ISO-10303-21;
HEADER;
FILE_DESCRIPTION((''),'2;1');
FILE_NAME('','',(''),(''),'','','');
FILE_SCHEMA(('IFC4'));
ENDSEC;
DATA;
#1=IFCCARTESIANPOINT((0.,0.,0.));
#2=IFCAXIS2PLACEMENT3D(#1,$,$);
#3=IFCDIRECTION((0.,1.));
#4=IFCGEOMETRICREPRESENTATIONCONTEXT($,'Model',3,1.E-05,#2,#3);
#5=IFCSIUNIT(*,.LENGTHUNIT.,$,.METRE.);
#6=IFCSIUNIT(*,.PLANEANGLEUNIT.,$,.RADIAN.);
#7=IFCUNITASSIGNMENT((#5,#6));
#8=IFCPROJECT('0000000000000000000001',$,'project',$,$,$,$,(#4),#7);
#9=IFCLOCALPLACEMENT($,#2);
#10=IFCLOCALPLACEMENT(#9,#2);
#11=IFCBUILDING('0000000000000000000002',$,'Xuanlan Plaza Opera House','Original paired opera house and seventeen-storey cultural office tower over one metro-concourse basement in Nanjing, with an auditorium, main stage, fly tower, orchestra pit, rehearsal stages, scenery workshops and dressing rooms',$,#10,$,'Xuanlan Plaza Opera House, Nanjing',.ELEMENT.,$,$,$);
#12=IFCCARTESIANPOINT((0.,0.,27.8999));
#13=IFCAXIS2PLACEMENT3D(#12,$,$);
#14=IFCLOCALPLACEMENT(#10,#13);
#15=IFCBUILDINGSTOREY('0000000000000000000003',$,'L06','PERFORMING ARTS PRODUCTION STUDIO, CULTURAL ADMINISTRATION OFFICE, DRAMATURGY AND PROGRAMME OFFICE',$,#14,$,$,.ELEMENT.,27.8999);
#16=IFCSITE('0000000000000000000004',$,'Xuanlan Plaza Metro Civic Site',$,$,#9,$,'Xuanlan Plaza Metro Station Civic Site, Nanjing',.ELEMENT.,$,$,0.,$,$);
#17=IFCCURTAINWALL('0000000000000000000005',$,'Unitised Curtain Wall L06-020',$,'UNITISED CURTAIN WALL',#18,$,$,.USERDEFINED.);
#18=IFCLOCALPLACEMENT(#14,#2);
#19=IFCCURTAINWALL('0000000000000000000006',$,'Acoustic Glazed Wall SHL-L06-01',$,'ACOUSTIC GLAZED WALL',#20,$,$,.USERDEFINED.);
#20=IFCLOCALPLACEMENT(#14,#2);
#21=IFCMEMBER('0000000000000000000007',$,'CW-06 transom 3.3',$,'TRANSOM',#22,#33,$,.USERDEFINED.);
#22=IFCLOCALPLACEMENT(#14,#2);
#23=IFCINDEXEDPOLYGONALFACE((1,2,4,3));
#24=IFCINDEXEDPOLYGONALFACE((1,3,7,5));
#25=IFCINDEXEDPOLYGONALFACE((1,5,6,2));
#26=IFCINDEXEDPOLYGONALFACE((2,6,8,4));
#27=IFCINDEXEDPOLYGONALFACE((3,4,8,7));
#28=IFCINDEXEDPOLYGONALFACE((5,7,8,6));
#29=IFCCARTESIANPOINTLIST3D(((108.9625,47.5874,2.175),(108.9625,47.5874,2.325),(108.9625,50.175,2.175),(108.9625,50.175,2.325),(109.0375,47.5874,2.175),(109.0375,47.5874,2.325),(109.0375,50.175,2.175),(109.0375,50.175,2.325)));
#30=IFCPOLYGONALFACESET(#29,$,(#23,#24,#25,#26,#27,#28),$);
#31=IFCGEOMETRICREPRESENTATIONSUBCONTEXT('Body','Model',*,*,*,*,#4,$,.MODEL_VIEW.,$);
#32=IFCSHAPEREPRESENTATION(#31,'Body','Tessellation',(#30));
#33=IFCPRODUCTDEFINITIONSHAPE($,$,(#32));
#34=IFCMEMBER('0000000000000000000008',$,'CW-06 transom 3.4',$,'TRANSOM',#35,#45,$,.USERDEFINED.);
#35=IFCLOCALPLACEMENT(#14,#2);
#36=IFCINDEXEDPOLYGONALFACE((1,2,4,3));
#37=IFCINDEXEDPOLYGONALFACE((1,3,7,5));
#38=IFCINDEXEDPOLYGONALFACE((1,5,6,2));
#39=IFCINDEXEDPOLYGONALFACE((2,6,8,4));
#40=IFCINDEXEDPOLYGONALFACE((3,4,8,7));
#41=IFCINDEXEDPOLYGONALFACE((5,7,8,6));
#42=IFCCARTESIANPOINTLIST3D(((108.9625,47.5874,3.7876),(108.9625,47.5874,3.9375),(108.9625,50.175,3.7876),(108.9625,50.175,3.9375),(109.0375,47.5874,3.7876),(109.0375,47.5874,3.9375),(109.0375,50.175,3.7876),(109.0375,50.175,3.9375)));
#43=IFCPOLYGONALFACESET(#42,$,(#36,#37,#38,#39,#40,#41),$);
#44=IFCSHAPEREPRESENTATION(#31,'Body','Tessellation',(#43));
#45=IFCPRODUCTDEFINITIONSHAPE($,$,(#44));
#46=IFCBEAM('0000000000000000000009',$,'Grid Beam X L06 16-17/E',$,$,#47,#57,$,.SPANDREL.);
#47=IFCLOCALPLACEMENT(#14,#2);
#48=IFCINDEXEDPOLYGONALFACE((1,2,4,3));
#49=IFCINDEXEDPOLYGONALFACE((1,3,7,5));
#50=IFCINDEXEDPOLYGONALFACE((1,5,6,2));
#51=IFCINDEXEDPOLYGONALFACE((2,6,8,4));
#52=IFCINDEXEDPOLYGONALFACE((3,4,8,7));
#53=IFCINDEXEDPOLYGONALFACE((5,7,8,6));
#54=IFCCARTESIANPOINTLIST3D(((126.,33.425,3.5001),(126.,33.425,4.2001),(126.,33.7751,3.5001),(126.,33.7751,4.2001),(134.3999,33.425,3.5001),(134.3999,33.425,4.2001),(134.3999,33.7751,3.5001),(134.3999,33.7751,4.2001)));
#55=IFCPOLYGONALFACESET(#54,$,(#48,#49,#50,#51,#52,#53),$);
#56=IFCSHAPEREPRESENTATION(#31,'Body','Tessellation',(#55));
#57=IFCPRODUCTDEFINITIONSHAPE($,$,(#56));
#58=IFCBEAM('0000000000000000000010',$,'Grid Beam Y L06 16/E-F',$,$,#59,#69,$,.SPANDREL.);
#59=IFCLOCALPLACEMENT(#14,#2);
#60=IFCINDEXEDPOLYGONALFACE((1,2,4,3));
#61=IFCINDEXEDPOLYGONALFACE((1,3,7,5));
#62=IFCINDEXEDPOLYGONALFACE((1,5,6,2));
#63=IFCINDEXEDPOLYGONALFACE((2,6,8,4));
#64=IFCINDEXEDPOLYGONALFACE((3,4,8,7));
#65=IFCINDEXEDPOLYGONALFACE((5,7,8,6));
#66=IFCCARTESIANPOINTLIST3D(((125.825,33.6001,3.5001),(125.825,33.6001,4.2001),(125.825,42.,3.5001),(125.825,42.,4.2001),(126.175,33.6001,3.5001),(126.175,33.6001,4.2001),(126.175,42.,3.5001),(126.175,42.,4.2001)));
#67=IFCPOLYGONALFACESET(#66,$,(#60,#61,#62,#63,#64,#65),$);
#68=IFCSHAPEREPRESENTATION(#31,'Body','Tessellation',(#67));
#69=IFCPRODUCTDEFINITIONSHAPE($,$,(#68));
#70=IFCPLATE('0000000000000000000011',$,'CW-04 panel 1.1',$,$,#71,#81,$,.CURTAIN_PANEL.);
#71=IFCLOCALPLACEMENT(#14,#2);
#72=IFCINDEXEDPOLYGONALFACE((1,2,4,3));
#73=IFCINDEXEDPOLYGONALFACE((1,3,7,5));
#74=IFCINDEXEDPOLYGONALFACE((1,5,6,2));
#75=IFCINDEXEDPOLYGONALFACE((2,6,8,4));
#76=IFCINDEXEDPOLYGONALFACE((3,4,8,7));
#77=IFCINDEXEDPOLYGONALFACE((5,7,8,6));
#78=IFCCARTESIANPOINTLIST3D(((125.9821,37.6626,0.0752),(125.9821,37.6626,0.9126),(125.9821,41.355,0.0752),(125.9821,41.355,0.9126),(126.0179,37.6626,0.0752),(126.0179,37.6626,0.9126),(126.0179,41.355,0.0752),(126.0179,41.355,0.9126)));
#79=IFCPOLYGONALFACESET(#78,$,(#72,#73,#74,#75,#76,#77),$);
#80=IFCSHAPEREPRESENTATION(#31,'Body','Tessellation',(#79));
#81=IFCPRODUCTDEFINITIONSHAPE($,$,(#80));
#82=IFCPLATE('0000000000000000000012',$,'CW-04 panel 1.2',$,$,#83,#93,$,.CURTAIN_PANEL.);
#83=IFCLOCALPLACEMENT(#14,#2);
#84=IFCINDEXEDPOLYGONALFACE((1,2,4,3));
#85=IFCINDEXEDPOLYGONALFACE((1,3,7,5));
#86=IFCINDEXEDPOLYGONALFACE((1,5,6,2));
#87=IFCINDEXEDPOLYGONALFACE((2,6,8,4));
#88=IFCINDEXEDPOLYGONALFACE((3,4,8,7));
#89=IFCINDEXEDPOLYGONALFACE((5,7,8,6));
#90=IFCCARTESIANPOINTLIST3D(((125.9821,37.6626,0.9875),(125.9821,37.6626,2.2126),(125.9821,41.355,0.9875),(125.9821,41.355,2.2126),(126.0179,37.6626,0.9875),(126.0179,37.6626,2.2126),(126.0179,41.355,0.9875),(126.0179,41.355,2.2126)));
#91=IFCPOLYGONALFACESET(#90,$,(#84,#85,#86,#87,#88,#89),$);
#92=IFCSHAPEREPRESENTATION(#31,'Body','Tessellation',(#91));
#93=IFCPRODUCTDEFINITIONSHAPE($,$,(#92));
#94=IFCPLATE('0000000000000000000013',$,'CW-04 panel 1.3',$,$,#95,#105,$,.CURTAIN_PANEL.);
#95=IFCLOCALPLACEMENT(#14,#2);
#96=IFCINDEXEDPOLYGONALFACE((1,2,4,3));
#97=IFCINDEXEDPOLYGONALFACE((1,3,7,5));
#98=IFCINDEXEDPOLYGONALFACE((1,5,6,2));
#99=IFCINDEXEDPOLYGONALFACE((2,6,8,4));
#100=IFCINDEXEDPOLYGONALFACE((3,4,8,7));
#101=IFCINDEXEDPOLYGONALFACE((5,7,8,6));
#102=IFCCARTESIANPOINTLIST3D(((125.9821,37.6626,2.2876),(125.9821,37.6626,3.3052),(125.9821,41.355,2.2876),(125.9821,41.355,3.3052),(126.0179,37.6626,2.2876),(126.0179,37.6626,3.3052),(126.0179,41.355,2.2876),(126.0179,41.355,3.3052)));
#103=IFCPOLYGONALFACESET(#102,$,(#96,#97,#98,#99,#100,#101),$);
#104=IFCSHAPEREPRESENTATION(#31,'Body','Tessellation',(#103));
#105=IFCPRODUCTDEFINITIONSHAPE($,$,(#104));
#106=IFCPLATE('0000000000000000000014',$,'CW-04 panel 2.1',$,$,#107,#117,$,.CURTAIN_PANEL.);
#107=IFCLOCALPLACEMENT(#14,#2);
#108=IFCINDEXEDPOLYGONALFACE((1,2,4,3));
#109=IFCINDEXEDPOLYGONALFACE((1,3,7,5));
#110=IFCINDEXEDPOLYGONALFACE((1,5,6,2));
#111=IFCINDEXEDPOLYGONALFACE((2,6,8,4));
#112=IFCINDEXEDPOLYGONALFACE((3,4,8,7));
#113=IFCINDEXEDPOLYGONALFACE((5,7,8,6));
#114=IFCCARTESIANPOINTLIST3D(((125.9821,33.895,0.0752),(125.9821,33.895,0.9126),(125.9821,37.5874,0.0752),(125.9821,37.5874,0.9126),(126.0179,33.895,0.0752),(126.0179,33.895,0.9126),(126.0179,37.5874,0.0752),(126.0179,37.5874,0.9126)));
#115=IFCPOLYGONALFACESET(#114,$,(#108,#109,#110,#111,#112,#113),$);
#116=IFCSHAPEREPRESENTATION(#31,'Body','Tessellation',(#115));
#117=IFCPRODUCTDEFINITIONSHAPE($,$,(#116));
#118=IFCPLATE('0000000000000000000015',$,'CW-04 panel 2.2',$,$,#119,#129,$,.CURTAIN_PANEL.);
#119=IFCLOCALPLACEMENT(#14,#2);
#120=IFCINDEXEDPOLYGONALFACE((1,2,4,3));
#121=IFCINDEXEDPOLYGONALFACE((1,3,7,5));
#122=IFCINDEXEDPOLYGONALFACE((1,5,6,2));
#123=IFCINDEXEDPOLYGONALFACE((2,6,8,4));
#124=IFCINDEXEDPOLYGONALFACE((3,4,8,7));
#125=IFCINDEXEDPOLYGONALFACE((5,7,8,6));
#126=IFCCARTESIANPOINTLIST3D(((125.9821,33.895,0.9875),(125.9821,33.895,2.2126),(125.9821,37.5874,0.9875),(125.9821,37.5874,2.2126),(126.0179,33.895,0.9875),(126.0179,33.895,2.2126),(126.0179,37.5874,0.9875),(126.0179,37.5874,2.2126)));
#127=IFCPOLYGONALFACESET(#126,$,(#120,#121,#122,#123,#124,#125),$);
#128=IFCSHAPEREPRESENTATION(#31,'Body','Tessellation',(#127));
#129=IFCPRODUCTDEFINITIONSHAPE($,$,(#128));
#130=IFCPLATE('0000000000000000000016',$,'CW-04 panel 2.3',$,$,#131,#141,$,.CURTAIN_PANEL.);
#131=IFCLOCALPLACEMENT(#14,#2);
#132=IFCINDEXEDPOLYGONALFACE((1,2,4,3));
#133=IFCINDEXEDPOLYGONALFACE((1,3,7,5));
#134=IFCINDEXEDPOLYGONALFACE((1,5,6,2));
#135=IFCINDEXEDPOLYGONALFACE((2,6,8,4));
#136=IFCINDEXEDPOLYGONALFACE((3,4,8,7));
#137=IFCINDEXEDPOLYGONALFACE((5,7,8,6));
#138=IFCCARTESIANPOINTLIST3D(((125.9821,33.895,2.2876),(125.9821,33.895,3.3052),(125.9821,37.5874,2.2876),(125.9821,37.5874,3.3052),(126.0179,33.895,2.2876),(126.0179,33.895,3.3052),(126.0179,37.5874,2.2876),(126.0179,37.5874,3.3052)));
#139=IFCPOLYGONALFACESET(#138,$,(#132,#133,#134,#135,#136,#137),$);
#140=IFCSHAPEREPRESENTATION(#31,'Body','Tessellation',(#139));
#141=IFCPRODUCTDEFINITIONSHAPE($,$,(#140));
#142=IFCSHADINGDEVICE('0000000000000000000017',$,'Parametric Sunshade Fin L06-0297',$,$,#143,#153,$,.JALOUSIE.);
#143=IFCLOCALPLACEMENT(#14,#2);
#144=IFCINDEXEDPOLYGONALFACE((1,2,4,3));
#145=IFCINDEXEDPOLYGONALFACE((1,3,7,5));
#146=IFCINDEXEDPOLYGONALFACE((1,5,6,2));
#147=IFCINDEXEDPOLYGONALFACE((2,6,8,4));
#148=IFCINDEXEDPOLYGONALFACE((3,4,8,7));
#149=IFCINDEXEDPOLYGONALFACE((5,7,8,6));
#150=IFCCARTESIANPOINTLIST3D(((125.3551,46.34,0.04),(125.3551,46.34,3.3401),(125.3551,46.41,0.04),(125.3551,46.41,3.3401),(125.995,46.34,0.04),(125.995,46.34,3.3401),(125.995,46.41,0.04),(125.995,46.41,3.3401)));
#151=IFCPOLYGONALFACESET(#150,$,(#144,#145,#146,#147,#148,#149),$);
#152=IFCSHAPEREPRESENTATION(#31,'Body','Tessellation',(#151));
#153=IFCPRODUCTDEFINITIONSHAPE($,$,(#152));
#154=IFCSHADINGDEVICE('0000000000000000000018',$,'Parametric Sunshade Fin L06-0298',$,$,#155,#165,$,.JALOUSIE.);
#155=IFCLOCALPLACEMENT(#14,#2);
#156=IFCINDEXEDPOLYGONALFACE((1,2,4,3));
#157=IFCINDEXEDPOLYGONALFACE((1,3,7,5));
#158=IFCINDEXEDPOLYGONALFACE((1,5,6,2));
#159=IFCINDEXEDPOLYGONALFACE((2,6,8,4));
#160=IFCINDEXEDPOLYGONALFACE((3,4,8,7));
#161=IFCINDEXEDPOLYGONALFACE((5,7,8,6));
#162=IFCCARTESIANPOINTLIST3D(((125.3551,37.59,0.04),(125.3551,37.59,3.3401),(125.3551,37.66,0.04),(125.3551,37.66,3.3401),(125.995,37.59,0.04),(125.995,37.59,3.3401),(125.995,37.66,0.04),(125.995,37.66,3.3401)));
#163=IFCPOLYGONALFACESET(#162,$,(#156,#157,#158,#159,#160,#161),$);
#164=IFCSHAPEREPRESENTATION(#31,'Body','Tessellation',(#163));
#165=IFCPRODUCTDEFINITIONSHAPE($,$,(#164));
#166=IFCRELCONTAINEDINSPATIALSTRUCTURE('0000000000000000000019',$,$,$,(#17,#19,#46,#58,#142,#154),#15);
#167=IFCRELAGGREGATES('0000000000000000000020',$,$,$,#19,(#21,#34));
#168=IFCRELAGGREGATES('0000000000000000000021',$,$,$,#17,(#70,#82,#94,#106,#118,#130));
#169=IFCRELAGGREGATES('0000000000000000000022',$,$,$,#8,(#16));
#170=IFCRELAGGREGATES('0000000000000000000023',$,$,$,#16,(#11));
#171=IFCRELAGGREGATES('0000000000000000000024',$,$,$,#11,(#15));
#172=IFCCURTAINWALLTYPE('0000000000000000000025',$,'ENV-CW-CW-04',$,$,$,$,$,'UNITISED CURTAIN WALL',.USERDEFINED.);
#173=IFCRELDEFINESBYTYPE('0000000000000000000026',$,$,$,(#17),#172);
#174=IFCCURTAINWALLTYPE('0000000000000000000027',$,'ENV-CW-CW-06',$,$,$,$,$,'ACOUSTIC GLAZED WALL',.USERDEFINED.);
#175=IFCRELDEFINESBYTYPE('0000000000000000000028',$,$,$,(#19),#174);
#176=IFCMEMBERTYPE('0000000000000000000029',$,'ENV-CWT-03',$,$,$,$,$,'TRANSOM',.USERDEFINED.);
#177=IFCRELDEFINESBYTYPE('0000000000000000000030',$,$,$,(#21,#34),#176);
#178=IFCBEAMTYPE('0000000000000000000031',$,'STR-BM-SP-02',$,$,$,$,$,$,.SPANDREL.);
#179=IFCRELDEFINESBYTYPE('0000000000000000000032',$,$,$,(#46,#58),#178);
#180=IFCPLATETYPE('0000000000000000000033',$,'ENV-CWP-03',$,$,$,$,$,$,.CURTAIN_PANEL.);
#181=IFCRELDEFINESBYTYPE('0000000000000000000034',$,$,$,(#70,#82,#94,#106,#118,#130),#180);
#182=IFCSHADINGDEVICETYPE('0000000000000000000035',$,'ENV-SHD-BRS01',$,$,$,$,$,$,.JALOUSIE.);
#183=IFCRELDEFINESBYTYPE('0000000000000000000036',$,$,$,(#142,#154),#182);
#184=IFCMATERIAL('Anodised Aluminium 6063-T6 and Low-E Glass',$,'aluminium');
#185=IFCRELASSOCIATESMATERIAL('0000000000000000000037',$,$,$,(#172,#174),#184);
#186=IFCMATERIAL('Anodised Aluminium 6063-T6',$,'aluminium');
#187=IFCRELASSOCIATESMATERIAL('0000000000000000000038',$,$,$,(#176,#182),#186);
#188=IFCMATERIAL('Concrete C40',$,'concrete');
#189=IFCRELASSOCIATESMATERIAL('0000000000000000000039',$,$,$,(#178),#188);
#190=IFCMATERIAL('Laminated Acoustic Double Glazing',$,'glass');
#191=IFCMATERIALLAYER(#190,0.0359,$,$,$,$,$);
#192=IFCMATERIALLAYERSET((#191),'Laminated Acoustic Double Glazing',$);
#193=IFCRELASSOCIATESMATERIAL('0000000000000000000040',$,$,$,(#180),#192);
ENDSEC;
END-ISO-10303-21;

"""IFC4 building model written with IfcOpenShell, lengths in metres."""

from ifc_helpers import new_model, si_unit, direction, frame, origin, origin_2d, place, context, subcontext, project, spatial, rectangle, extrude, material, layer, layer_set, material_profile, profile_set, type_object, element, aggregate, save


model = new_model("IFC4")

# Units and contexts
model_context = context("Model", 3, precision=1e-05, world=origin(), true_north=direction((0.0, 1.0)))
body_context = subcontext(model_context, "Body", "Model", "MODEL_VIEW")
ifc_project = project(units=[si_unit("LENGTHUNIT", "METRE"), si_unit("PLANEANGLEUNIT", "RADIAN")], contexts=[model_context])

# Site, building, storey
site_placement = place(None, origin())
site = spatial("IfcSite", under=ifc_project, at=site_placement, Name="Xuanlan Plaza Metro Civic Site", LongName="Xuanlan Plaza Metro Station Civic Site, Nanjing", CompositionType="ELEMENT", RefElevation=0.0)
building_placement = place(site_placement, origin())
building = spatial("IfcBuilding", under=site, at=building_placement, Name="Xuanlan Plaza Opera House", Description="Original paired opera house and seventeen-storey cultural office tower over one metro-concourse basement in Nanjing, with an auditorium, main stage, fly tower, orchestra pit, rehearsal stages, scenery workshops and dressing rooms", LongName="Xuanlan Plaza Opera House, Nanjing", CompositionType="ELEMENT")
storey_placement = place(building_placement, frame((0.0, 0.0, 27.8999)))
storey = spatial("IfcBuildingStorey", under=building, at=storey_placement, Name="L06", Description="PERFORMING ARTS PRODUCTION STUDIO, CULTURAL ADMINISTRATION OFFICE, DRAMATURGY AND PROGRAMME OFFICE", CompositionType="ELEMENT", Elevation=27.8999)

# Curtain walls, members
ifc_material_1 = material(Name="Anodised Aluminium 6063-T6 and Low-E Glass", Category="aluminium")
curtain_wall_type_1 = type_object("IfcCurtainWallType", Name="ENV-CW-CW-04", ElementType="UNITISED CURTAIN WALL", PredefinedType="USERDEFINED", material=ifc_material_1)
curtain_wall_1_placement = place(storey_placement, origin())
curtain_wall_1 = element("IfcCurtainWall", 1, at=curtain_wall_1_placement, inside=storey, type_object=curtain_wall_type_1, Name="Unitised Curtain Wall L06-020", ObjectType="UNITISED CURTAIN WALL", PredefinedType="USERDEFINED")
ifc_material_2 = material(Name="Anodised Aluminium 6063-T6", Category="aluminium")
ifc_material_profile_1 = material_profile(ifc_material_2, rectangle(XDim=0.075, YDim=0.1499, at=origin_2d()), Name="ALU-T 75x150")
ifc_profile_set_1 = profile_set([ifc_material_profile_1], Name="Anodised Aluminium 6063-T6")
member_type_1 = type_object("IfcMemberType", Name="ENV-CWT-03", ElementType="TRANSOM", PredefinedType="USERDEFINED", material=ifc_profile_set_1)
curtain_wall_type_2 = type_object("IfcCurtainWallType", Name="ENV-CW-CW-06", ElementType="ACOUSTIC GLAZED WALL", PredefinedType="USERDEFINED", material=ifc_material_1)
curtain_wall_2_placement = place(storey_placement, origin())
curtain_wall_2 = element("IfcCurtainWall", 2, at=curtain_wall_2_placement, inside=storey, type_object=curtain_wall_type_2, Name="Acoustic Glazed Wall SHL-L06-01", ObjectType="ACOUSTIC GLAZED WALL", PredefinedType="USERDEFINED")
member_1_placement = place(storey_placement, frame((109.0, 47.5874, 2.25), z_axis=(0.0, 1.0, 0.0), x_axis=(-1.0, 0.0, 0.0)))
member_1 = element("IfcMember", 3, at=member_1_placement, type_object=member_type_1, Name="CW-06 transom 3.3", ObjectType="TRANSOM", PredefinedType="USERDEFINED", context=body_context, shape_type="SweptSolid", body=[
    extrude(rectangle(XDim=0.075, YDim=0.1499, at=origin_2d()), origin(), (0.0, 0.0, 1.0), 2.5876),
])
member_2_placement = place(storey_placement, frame((109.0, 47.5874, 3.8625), z_axis=(0.0, 1.0, 0.0), x_axis=(-1.0, 0.0, 0.0)))
member_2 = element("IfcMember", 4, at=member_2_placement, type_object=member_type_1, Name="CW-06 transom 3.4", ObjectType="TRANSOM", PredefinedType="USERDEFINED", context=body_context, shape_type="SweptSolid", body=[
    extrude(rectangle(XDim=0.075, YDim=0.1499, at=origin_2d()), origin(), (0.0, 0.0, 1.0), 2.5876),
])
aggregate(curtain_wall_2, [member_1, member_2])

# Beams
ifc_material_3 = material(Name="Concrete C40", Category="concrete")
ifc_material_profile_2 = material_profile(ifc_material_3, rectangle(XDim=0.3501, YDim=0.7, at=origin_2d()), Name="RC-SPD 350x700")
ifc_profile_set_2 = profile_set([ifc_material_profile_2], Name="Concrete C40")
beam_type = type_object("IfcBeamType", Name="STR-BM-SP-02", PredefinedType="SPANDREL", material=ifc_profile_set_2)
for number, where, z_axis, x_axis, name in (
    (5, (126.0, 33.6001, 3.8501), (1.0, 0.0, 0.0), (0.0, 1.0, 0.0), "Grid Beam X L06 16-17/E"),
    (6, (126.0, 33.6001, 3.8501), (0.0, 1.0, 0.0), (-1.0, 0.0, 0.0), "Grid Beam Y L06 16/E-F"),
):
    element("IfcBeam", number, at=place(storey_placement, frame(where, z_axis=z_axis, x_axis=x_axis)), inside=storey, type_object=beam_type, Name=name, PredefinedType="SPANDREL", context=body_context, shape_type="SweptSolid", body=[
        extrude(rectangle(XDim=0.3501, YDim=0.7, at=origin_2d()), origin(), (0.0, 0.0, 1.0), 8.3999),
    ])

# Plates
ifc_material_4 = material(Name="Laminated Acoustic Double Glazing", Category="glass")
ifc_layer = layer(ifc_material_4, 0.0359)
ifc_layer_set = layer_set([ifc_layer], Name="Laminated Acoustic Double Glazing")
plate_type = type_object("IfcPlateType", Name="ENV-CWP-03", PredefinedType="CURTAIN_PANEL", material=ifc_layer_set)
plate_1_placement = place(storey_placement, frame((126.0, 39.5088, 0.0752), z_axis=(0.0, 0.0, 1.0), x_axis=(0.0, -1.0, 0.0)))
plate_1 = element("IfcPlate", 7, at=plate_1_placement, type_object=plate_type, Name="CW-04 panel 1.1", PredefinedType="CURTAIN_PANEL", context=body_context, shape_type="SweptSolid", body=[
    extrude(rectangle(XDim=3.6924, YDim=0.0359, at=origin_2d()), origin(), (0.0, 0.0, 1.0), 0.8374),
])
plate_2_placement = place(storey_placement, frame((126.0, 39.5088, 0.9875), z_axis=(0.0, 0.0, 1.0), x_axis=(0.0, -1.0, 0.0)))
plate_2 = element("IfcPlate", 8, at=plate_2_placement, type_object=plate_type, Name="CW-04 panel 1.2", PredefinedType="CURTAIN_PANEL", context=body_context, shape_type="SweptSolid", body=[
    extrude(rectangle(XDim=3.6924, YDim=0.0359, at=origin_2d()), origin(), (0.0, 0.0, 1.0), 1.2251),
])
plate_3_placement = place(storey_placement, frame((126.0, 39.5088, 2.2876), z_axis=(0.0, 0.0, 1.0), x_axis=(0.0, -1.0, 0.0)))
plate_3 = element("IfcPlate", 9, at=plate_3_placement, type_object=plate_type, Name="CW-04 panel 1.3", PredefinedType="CURTAIN_PANEL", context=body_context, shape_type="SweptSolid", body=[
    extrude(rectangle(XDim=3.6924, YDim=0.0359, at=origin_2d()), origin(), (0.0, 0.0, 1.0), 1.0176),
])
plate_4_placement = place(storey_placement, frame((126.0, 35.7412, 0.0752), z_axis=(0.0, 0.0, 1.0), x_axis=(0.0, -1.0, 0.0)))
plate_4 = element("IfcPlate", 10, at=plate_4_placement, type_object=plate_type, Name="CW-04 panel 2.1", PredefinedType="CURTAIN_PANEL", context=body_context, shape_type="SweptSolid", body=[
    extrude(rectangle(XDim=3.6924, YDim=0.0359, at=origin_2d()), origin(), (0.0, 0.0, 1.0), 0.8374),
])
plate_5_placement = place(storey_placement, frame((126.0, 35.7412, 0.9875), z_axis=(0.0, 0.0, 1.0), x_axis=(0.0, -1.0, 0.0)))
plate_5 = element("IfcPlate", 11, at=plate_5_placement, type_object=plate_type, Name="CW-04 panel 2.2", PredefinedType="CURTAIN_PANEL", context=body_context, shape_type="SweptSolid", body=[
    extrude(rectangle(XDim=3.6924, YDim=0.0359, at=origin_2d()), origin(), (0.0, 0.0, 1.0), 1.2251),
])
plate_6_placement = place(storey_placement, frame((126.0, 35.7412, 2.2876), z_axis=(0.0, 0.0, 1.0), x_axis=(0.0, -1.0, 0.0)))
plate_6 = element("IfcPlate", 12, at=plate_6_placement, type_object=plate_type, Name="CW-04 panel 2.3", PredefinedType="CURTAIN_PANEL", context=body_context, shape_type="SweptSolid", body=[
    extrude(rectangle(XDim=3.6924, YDim=0.0359, at=origin_2d()), origin(), (0.0, 0.0, 1.0), 1.0176),
])
aggregate(curtain_wall_1, [plate_1, plate_2, plate_3, plate_4, plate_5, plate_6])

# Shading devices
shading_device_type = type_object("IfcShadingDeviceType", Name="ENV-SHD-BRS01", PredefinedType="JALOUSIE", material=ifc_material_2)
for number, where, z_axis, x_axis, name in (
    (13, (125.675, 46.375, 0.04), (0.0, 0.0, 1.0), (-1.0, 0.0, 0.0), "Parametric Sunshade Fin L06-0297"),
    (14, (125.675, 37.625, 0.04), (0.0, 0.0, 1.0), (-1.0, 0.0, 0.0), "Parametric Sunshade Fin L06-0298"),
):
    element("IfcShadingDevice", number, at=place(storey_placement, frame(where, z_axis=z_axis, x_axis=x_axis)), inside=storey, type_object=shading_device_type, Name=name, PredefinedType="JALOUSIE", context=body_context, shape_type="SweptSolid", body=[
        extrude(rectangle(XDim=0.6399, YDim=0.0701, at=origin_2d()), origin(), (0.0, 0.0, 1.0), 3.3),
    ])

save(model, "model.ifc")
